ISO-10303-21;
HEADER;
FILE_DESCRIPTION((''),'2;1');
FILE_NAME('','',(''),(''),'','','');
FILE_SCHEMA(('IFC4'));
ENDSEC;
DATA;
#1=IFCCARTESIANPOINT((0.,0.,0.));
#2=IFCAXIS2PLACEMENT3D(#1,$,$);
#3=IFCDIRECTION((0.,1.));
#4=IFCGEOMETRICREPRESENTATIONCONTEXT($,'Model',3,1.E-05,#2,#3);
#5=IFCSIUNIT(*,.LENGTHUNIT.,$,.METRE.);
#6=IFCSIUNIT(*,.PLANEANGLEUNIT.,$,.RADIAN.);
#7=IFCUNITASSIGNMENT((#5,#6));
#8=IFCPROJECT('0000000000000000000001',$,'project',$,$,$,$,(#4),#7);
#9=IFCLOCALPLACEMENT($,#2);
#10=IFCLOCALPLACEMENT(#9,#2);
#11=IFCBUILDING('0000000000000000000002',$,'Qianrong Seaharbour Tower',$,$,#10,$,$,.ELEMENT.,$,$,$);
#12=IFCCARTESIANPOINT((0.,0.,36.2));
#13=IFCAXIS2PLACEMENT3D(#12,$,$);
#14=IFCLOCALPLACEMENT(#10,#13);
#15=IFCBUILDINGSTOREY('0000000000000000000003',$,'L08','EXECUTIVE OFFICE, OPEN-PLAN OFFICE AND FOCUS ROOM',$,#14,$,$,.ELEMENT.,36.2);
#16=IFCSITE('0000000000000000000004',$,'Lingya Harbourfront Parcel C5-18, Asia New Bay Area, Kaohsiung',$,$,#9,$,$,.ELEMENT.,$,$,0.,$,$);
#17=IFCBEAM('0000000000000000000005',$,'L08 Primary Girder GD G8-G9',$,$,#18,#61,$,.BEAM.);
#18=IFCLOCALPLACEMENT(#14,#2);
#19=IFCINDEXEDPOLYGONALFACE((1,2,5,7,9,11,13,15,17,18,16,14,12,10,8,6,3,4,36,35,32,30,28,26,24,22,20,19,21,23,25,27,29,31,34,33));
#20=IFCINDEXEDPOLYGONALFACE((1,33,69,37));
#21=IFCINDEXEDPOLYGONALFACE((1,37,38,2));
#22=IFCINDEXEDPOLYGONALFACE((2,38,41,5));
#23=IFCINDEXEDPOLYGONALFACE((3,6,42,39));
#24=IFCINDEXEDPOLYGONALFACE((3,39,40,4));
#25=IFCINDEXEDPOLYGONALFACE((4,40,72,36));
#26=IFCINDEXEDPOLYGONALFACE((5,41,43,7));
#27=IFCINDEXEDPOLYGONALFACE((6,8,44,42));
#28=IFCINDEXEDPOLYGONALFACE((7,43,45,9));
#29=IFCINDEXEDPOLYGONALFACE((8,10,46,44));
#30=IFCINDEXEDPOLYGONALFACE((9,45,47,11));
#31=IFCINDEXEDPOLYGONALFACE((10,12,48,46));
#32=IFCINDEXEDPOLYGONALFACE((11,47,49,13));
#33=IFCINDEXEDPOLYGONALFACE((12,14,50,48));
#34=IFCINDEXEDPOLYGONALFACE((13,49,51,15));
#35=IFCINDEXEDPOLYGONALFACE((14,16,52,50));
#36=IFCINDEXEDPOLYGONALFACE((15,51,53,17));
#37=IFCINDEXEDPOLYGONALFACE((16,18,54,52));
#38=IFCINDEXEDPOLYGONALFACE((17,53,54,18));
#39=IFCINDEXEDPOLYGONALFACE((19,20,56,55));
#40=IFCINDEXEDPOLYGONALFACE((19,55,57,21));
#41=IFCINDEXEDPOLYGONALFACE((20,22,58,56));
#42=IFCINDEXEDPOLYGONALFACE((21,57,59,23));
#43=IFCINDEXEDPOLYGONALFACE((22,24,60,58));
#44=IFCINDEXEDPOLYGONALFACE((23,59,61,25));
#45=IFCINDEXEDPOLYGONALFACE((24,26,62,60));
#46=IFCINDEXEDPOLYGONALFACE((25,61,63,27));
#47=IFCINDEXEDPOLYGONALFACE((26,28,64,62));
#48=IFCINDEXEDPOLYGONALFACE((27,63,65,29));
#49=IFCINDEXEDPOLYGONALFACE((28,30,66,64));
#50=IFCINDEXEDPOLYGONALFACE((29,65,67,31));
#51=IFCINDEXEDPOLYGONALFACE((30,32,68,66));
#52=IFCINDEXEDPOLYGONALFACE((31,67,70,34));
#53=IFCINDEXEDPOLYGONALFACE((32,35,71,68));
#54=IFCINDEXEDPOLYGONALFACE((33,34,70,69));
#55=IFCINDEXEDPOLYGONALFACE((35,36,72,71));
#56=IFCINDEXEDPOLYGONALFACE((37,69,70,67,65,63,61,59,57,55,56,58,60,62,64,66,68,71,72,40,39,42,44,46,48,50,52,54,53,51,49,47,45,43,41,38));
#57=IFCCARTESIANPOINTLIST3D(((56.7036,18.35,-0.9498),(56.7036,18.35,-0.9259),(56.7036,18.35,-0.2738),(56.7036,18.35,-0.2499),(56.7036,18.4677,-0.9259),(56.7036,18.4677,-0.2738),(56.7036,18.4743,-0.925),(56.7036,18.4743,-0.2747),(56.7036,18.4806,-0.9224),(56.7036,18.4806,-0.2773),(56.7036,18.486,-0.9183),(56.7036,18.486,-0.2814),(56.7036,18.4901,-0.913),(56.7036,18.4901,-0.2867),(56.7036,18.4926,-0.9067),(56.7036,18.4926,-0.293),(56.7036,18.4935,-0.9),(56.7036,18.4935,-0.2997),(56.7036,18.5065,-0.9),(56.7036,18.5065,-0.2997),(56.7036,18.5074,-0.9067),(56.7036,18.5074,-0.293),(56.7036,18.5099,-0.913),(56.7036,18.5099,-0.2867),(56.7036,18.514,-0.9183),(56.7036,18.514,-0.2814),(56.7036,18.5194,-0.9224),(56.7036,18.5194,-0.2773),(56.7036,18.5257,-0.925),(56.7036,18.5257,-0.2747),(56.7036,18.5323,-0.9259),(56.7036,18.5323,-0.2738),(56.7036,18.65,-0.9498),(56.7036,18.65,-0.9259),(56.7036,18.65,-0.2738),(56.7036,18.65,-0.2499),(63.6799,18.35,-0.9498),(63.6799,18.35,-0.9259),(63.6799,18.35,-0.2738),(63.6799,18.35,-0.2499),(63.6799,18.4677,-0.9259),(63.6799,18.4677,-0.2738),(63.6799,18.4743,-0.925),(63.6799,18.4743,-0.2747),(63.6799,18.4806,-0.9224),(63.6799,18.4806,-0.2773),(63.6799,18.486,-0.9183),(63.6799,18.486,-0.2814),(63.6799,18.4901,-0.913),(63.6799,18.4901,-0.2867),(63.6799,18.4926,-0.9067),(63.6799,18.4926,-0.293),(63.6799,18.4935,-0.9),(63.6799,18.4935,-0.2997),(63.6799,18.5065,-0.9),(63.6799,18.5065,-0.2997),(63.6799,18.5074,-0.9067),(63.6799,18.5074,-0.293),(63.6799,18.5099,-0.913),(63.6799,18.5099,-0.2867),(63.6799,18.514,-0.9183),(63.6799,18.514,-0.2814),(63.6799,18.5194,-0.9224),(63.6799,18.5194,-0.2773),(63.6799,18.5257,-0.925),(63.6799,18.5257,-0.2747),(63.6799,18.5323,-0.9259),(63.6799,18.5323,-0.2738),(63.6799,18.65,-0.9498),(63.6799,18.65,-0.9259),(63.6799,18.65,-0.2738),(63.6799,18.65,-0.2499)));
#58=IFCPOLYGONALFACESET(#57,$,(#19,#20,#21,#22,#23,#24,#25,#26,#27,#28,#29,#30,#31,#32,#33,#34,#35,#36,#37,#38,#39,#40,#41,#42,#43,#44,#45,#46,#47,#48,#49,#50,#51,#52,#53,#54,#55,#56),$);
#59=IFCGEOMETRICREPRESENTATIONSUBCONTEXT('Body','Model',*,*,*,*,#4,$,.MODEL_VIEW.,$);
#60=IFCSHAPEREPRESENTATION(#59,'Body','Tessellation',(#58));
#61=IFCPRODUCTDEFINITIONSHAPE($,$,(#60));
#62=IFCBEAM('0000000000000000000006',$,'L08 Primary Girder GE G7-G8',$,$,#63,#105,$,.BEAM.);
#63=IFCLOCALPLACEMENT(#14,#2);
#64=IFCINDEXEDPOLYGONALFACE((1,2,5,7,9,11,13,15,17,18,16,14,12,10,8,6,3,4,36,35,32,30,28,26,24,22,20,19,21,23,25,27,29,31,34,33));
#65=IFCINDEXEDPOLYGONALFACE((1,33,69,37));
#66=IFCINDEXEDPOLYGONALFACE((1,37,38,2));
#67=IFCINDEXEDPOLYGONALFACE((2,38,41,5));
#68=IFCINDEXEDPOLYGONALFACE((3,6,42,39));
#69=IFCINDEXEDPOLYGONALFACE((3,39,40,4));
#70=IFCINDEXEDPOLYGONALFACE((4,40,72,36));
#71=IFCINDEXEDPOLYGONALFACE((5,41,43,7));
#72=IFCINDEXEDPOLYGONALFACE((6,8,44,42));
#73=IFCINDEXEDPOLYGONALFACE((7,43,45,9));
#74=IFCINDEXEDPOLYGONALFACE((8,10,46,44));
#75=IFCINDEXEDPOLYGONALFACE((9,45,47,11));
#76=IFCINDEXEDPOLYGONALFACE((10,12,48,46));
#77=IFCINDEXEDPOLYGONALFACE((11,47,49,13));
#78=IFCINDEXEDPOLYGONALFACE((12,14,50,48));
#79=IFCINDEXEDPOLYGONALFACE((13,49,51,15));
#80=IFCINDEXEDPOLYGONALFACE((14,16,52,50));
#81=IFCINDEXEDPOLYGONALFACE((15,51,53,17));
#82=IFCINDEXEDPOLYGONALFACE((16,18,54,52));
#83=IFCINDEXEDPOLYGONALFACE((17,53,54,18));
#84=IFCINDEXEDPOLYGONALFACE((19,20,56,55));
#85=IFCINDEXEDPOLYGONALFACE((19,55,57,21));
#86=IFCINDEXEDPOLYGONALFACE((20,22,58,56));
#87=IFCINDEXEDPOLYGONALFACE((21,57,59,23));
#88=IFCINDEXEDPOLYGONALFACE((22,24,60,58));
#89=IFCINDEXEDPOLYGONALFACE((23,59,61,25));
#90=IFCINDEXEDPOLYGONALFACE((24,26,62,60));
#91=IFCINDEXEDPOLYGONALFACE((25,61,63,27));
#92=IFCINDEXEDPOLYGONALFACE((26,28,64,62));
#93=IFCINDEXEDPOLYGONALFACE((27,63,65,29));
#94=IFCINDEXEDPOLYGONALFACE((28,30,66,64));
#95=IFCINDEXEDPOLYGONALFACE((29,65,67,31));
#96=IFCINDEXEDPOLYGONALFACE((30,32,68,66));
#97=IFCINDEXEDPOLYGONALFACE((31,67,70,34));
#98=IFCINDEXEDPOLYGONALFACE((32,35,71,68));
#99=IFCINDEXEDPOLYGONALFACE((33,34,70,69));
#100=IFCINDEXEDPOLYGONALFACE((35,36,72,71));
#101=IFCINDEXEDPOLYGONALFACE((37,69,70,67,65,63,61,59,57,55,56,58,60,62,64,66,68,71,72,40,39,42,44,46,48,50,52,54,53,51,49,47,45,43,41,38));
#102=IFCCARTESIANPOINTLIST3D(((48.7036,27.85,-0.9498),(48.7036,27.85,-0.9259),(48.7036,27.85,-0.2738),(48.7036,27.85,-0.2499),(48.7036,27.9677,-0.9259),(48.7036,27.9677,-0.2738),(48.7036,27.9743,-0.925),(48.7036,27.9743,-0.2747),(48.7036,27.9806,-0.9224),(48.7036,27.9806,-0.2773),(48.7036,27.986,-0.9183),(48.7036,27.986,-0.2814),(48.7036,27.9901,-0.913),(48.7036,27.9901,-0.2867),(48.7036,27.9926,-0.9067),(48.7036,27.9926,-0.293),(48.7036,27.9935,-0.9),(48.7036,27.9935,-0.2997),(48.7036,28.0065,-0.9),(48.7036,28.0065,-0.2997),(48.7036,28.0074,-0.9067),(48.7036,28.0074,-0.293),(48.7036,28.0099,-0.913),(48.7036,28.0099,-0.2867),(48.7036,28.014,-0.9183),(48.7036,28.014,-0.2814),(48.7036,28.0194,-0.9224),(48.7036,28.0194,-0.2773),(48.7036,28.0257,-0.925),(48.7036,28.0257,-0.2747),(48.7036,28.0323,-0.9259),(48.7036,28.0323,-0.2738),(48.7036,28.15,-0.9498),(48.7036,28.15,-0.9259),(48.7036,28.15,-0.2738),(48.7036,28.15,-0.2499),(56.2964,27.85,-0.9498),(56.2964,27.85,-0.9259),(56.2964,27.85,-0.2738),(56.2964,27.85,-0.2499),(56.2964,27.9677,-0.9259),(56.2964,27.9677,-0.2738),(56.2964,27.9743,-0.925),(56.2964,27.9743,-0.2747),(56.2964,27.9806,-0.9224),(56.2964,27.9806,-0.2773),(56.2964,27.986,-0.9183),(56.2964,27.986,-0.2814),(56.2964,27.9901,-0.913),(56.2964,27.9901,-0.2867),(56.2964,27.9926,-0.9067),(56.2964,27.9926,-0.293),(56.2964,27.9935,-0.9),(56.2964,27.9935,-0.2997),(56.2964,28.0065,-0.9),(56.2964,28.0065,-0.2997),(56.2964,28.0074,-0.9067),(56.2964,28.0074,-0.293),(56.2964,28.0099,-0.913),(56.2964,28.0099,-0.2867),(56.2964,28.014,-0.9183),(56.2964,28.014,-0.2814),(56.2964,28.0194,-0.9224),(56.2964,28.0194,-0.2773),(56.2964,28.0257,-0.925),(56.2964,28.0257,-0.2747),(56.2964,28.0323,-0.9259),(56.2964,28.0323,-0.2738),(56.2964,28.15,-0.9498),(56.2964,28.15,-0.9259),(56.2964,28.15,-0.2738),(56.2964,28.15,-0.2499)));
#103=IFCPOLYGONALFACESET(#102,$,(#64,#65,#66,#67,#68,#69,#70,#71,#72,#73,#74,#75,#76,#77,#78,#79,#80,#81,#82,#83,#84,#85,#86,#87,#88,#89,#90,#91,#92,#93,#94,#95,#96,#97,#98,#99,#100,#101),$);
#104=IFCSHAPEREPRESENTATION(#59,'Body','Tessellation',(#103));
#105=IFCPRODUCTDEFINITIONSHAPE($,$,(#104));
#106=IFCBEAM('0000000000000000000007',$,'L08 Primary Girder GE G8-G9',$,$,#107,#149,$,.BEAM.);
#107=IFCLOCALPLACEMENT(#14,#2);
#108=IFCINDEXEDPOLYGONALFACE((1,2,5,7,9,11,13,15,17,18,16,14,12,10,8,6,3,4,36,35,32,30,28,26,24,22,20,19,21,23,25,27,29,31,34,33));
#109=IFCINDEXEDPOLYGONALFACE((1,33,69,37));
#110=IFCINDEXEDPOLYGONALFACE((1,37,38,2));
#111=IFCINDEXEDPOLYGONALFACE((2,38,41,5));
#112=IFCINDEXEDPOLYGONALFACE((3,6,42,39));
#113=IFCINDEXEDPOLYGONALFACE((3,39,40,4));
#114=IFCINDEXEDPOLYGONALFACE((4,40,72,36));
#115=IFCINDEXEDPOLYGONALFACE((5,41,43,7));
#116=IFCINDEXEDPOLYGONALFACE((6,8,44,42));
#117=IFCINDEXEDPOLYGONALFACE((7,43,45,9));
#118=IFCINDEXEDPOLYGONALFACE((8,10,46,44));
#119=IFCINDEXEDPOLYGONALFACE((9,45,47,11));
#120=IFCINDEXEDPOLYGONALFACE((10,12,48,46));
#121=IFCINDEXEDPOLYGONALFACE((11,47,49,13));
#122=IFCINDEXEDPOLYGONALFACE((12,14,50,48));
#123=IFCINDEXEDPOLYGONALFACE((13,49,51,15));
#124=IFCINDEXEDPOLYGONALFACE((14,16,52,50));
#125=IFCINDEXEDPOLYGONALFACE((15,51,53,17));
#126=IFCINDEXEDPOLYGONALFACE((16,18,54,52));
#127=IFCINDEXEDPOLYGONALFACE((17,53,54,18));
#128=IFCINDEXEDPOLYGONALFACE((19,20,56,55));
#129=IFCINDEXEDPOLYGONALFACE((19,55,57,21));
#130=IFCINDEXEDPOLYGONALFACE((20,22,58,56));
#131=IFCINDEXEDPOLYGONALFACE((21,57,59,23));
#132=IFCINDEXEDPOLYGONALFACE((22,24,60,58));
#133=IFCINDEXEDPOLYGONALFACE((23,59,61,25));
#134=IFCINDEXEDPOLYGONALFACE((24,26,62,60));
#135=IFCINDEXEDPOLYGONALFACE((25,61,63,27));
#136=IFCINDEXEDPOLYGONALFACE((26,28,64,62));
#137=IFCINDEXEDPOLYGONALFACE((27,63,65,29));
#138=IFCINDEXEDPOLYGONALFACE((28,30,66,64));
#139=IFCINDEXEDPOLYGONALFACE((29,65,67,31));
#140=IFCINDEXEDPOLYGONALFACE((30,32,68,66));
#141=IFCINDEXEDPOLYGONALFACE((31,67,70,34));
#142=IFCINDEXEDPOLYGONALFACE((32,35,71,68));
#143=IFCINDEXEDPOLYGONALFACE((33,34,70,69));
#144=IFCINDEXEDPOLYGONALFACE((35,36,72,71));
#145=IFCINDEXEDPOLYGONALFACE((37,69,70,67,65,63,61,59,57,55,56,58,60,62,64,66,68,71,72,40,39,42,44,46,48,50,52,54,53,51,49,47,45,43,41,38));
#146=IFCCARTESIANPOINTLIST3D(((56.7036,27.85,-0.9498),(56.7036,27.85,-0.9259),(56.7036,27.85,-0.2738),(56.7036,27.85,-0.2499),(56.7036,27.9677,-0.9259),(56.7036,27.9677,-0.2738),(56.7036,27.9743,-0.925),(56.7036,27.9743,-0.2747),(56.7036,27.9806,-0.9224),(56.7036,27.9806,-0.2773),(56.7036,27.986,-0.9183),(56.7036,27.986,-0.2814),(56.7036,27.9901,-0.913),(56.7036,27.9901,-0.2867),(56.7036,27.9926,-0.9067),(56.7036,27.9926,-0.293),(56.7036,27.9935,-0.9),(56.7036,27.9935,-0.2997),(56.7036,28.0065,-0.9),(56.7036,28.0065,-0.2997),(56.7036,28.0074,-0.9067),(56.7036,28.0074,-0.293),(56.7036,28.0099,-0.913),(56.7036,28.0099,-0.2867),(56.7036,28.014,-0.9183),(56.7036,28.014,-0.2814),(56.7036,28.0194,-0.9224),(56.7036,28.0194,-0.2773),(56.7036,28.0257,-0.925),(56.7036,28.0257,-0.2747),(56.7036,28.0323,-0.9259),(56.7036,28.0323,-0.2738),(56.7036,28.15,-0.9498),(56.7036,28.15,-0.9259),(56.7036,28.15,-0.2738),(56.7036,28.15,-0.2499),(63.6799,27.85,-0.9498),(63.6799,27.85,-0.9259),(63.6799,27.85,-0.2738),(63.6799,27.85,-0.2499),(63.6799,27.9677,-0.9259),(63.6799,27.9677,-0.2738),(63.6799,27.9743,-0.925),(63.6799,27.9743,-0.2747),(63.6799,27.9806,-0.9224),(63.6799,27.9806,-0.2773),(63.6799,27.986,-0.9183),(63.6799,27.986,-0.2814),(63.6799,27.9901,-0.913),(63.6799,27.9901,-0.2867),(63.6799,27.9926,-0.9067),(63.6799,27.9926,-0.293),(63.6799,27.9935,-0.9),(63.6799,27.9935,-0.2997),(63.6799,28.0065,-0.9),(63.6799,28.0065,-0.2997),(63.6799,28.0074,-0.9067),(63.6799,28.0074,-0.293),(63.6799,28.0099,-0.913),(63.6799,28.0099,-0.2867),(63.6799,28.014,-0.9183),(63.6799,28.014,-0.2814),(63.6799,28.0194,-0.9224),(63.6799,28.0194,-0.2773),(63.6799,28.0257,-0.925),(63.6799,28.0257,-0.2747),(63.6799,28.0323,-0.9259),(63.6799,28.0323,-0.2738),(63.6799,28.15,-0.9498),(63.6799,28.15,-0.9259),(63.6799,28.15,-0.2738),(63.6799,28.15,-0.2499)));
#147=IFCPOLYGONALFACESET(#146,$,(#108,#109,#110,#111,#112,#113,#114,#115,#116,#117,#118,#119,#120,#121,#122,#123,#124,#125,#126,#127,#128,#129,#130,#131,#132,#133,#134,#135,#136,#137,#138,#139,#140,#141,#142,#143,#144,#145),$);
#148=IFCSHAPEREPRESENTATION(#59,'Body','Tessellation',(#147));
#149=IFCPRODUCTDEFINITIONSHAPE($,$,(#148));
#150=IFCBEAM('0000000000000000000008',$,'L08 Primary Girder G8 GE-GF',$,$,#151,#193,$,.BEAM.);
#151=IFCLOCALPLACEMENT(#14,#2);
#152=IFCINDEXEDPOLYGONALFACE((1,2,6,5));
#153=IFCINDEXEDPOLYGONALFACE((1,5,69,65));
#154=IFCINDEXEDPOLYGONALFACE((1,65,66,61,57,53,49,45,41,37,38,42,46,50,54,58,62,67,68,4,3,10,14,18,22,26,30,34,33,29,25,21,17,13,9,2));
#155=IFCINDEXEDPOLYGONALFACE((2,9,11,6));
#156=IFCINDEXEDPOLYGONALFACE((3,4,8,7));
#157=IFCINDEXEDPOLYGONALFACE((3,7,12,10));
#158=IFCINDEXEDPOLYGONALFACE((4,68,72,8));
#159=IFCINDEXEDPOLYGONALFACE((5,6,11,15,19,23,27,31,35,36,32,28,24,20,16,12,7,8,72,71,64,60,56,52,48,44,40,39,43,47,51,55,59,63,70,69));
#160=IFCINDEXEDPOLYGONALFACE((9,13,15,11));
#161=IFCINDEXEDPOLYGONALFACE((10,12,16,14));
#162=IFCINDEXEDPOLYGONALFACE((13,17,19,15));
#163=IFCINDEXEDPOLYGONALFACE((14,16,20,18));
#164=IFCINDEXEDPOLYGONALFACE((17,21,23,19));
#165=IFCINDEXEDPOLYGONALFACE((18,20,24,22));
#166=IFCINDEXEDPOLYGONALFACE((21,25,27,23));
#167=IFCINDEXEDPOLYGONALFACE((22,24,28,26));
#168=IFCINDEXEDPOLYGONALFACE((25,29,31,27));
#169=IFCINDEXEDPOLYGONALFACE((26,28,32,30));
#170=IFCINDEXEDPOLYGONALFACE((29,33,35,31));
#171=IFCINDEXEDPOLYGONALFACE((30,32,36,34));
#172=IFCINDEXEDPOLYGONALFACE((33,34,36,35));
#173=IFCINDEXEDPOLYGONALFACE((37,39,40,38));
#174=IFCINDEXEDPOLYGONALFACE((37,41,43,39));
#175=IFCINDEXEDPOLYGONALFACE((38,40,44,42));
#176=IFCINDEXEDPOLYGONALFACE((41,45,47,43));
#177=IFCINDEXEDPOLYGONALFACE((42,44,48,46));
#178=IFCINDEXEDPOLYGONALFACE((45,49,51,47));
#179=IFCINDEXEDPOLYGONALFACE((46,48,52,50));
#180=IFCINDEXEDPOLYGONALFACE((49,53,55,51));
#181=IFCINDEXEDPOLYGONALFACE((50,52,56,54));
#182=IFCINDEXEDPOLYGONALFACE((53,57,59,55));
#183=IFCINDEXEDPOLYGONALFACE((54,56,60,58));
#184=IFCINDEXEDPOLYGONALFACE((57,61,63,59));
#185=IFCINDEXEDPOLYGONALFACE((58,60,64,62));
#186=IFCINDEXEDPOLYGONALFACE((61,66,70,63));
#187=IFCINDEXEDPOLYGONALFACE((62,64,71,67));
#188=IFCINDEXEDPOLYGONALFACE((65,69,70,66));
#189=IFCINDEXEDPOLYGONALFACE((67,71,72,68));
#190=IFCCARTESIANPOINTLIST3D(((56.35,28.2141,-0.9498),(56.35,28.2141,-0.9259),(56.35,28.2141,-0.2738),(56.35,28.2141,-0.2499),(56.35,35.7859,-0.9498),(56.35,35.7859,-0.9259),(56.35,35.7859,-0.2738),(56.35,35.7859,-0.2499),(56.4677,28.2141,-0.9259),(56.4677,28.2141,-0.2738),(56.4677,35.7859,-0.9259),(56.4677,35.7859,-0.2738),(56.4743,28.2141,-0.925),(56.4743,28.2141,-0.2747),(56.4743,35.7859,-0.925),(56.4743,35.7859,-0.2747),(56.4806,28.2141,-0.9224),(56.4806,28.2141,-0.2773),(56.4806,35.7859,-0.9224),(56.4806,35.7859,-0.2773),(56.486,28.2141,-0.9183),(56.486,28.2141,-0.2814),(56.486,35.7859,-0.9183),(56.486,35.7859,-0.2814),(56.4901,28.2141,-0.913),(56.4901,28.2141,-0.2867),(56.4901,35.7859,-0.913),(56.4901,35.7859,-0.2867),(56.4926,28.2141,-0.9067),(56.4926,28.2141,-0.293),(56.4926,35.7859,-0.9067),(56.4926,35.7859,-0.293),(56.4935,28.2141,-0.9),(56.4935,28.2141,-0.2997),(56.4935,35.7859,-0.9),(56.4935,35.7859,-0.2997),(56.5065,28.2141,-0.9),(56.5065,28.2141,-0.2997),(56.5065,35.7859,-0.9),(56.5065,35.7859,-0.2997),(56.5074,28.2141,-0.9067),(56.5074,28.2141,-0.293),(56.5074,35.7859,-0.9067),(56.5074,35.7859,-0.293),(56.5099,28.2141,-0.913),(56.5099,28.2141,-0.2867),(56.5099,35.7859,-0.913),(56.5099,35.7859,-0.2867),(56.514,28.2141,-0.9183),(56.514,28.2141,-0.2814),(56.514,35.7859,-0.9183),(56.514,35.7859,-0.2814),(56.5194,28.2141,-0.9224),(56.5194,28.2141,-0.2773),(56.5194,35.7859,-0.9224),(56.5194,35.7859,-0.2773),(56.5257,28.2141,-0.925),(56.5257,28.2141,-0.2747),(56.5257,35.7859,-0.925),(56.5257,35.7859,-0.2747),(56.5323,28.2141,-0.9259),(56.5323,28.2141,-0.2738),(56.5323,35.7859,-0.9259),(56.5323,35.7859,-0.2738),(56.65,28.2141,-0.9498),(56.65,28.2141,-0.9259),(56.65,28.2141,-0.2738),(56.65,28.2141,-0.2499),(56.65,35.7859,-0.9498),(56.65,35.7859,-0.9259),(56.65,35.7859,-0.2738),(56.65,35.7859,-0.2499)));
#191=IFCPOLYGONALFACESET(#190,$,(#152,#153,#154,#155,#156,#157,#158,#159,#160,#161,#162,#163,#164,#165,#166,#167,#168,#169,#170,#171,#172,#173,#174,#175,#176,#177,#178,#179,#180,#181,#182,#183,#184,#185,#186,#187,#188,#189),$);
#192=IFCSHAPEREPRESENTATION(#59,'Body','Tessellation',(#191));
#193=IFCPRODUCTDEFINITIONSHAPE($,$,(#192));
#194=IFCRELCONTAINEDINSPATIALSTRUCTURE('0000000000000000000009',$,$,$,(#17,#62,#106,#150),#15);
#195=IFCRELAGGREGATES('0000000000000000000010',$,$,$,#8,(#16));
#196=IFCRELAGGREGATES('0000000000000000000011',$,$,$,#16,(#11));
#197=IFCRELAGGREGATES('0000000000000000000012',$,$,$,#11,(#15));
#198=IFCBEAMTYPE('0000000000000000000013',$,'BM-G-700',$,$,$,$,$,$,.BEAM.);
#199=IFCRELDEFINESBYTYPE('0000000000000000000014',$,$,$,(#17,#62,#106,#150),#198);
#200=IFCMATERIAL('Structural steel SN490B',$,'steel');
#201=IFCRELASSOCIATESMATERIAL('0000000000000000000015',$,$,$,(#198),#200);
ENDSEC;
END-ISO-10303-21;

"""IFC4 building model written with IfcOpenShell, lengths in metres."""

from ifc_helpers import new_model, si_unit, direction, frame, origin, origin_2d, place, context, subcontext, project, spatial, i_section, extrude, material, material_profile, profile_set, type_object, element, save


model = new_model("IFC4")

# Units and contexts
model_context = context("Model", 3, precision=1e-05, world=origin(), true_north=direction((0.0, 1.0)))
body_context = subcontext(model_context, "Body", "Model", "MODEL_VIEW")
ifc_project = project(units=[si_unit("LENGTHUNIT", "METRE"), si_unit("PLANEANGLEUNIT", "RADIAN")], contexts=[model_context])

# Site, building, storey
site_placement = place(None, origin())
site = spatial("IfcSite", under=ifc_project, at=site_placement, Name="Lingya Harbourfront Parcel C5-18, Asia New Bay Area, Kaohsiung", CompositionType="ELEMENT", RefElevation=0.0)
building_placement = place(site_placement, origin())
building = spatial("IfcBuilding", under=site, at=building_placement, Name="Qianrong Seaharbour Tower", CompositionType="ELEMENT")
storey_placement = place(building_placement, frame((0.0, 0.0, 36.2)))
storey = spatial("IfcBuildingStorey", under=building, at=storey_placement, Name="L08", Description="EXECUTIVE OFFICE, OPEN-PLAN OFFICE AND FOCUS ROOM", CompositionType="ELEMENT", Elevation=36.2)

# Shared definitions
ifc_material_1 = material(Name="Structural steel SN490B", Category="steel")

# Beams
ifc_material_profile_1 = material_profile(ifc_material_1, i_section(OverallWidth=0.3, OverallDepth=0.7, WebThickness=0.0129, FlangeThickness=0.0239, FilletRadius=0.0259, at=origin_2d()), Name="H700x300x13x24")
ifc_profile_set_1 = profile_set([ifc_material_profile_1], Name="Structural steel SN490B")
beam_type_1 = type_object("IfcBeamType", Name="BM-G-700", PredefinedType="BEAM", material=ifc_profile_set_1)
beam_1_placement = place(storey_placement, frame((56.7036, 18.5, -0.5999), z_axis=(1.0, 0.0, 0.0), x_axis=(0.0, 1.0, 0.0)))
element("IfcBeam", 1, at=beam_1_placement, inside=storey, type_object=beam_type_1, Name="L08 Primary Girder GD G8-G9", PredefinedType="BEAM", context=body_context, shape_type="SweptSolid", body=[
    extrude(i_section(OverallWidth=0.3, OverallDepth=0.7, WebThickness=0.0129, FlangeThickness=0.0239, FilletRadius=0.0259, at=origin_2d()), origin(), (0.0, 0.0, 1.0), 6.9763),
])
beam_2_placement = place(storey_placement, frame((48.7036, 28.0, -0.5999), z_axis=(1.0, 0.0, 0.0), x_axis=(0.0, 1.0, 0.0)))
element("IfcBeam", 2, at=beam_2_placement, inside=storey, type_object=beam_type_1, Name="L08 Primary Girder GE G7-G8", PredefinedType="BEAM", context=body_context, shape_type="SweptSolid", body=[
    extrude(i_section(OverallWidth=0.3, OverallDepth=0.7, WebThickness=0.0129, FlangeThickness=0.0239, FilletRadius=0.0259, at=origin_2d()), origin(), (0.0, 0.0, 1.0), 7.5928),
])
beam_3_placement = place(storey_placement, frame((56.7036, 28.0, -0.5999), z_axis=(1.0, 0.0, 0.0), x_axis=(0.0, 1.0, 0.0)))
element("IfcBeam", 3, at=beam_3_placement, inside=storey, type_object=beam_type_1, Name="L08 Primary Girder GE G8-G9", PredefinedType="BEAM", context=body_context, shape_type="SweptSolid", body=[
    extrude(i_section(OverallWidth=0.3, OverallDepth=0.7, WebThickness=0.0129, FlangeThickness=0.0239, FilletRadius=0.0259, at=origin_2d()), origin(), (0.0, 0.0, 1.0), 6.9763),
])
beam_4_placement = place(storey_placement, frame((56.5, 28.2141, -0.5999), z_axis=(0.0, 1.0, 0.0), x_axis=(-1.0, 0.0, 0.0)))
element("IfcBeam", 4, at=beam_4_placement, inside=storey, type_object=beam_type_1, Name="L08 Primary Girder G8 GE-GF", PredefinedType="BEAM", context=body_context, shape_type="SweptSolid", body=[
    extrude(i_section(OverallWidth=0.3, OverallDepth=0.7, WebThickness=0.0129, FlangeThickness=0.0239, FilletRadius=0.0259, at=origin_2d()), origin(), (0.0, 0.0, 1.0), 7.5718),
])

save(model, "model.ifc")
